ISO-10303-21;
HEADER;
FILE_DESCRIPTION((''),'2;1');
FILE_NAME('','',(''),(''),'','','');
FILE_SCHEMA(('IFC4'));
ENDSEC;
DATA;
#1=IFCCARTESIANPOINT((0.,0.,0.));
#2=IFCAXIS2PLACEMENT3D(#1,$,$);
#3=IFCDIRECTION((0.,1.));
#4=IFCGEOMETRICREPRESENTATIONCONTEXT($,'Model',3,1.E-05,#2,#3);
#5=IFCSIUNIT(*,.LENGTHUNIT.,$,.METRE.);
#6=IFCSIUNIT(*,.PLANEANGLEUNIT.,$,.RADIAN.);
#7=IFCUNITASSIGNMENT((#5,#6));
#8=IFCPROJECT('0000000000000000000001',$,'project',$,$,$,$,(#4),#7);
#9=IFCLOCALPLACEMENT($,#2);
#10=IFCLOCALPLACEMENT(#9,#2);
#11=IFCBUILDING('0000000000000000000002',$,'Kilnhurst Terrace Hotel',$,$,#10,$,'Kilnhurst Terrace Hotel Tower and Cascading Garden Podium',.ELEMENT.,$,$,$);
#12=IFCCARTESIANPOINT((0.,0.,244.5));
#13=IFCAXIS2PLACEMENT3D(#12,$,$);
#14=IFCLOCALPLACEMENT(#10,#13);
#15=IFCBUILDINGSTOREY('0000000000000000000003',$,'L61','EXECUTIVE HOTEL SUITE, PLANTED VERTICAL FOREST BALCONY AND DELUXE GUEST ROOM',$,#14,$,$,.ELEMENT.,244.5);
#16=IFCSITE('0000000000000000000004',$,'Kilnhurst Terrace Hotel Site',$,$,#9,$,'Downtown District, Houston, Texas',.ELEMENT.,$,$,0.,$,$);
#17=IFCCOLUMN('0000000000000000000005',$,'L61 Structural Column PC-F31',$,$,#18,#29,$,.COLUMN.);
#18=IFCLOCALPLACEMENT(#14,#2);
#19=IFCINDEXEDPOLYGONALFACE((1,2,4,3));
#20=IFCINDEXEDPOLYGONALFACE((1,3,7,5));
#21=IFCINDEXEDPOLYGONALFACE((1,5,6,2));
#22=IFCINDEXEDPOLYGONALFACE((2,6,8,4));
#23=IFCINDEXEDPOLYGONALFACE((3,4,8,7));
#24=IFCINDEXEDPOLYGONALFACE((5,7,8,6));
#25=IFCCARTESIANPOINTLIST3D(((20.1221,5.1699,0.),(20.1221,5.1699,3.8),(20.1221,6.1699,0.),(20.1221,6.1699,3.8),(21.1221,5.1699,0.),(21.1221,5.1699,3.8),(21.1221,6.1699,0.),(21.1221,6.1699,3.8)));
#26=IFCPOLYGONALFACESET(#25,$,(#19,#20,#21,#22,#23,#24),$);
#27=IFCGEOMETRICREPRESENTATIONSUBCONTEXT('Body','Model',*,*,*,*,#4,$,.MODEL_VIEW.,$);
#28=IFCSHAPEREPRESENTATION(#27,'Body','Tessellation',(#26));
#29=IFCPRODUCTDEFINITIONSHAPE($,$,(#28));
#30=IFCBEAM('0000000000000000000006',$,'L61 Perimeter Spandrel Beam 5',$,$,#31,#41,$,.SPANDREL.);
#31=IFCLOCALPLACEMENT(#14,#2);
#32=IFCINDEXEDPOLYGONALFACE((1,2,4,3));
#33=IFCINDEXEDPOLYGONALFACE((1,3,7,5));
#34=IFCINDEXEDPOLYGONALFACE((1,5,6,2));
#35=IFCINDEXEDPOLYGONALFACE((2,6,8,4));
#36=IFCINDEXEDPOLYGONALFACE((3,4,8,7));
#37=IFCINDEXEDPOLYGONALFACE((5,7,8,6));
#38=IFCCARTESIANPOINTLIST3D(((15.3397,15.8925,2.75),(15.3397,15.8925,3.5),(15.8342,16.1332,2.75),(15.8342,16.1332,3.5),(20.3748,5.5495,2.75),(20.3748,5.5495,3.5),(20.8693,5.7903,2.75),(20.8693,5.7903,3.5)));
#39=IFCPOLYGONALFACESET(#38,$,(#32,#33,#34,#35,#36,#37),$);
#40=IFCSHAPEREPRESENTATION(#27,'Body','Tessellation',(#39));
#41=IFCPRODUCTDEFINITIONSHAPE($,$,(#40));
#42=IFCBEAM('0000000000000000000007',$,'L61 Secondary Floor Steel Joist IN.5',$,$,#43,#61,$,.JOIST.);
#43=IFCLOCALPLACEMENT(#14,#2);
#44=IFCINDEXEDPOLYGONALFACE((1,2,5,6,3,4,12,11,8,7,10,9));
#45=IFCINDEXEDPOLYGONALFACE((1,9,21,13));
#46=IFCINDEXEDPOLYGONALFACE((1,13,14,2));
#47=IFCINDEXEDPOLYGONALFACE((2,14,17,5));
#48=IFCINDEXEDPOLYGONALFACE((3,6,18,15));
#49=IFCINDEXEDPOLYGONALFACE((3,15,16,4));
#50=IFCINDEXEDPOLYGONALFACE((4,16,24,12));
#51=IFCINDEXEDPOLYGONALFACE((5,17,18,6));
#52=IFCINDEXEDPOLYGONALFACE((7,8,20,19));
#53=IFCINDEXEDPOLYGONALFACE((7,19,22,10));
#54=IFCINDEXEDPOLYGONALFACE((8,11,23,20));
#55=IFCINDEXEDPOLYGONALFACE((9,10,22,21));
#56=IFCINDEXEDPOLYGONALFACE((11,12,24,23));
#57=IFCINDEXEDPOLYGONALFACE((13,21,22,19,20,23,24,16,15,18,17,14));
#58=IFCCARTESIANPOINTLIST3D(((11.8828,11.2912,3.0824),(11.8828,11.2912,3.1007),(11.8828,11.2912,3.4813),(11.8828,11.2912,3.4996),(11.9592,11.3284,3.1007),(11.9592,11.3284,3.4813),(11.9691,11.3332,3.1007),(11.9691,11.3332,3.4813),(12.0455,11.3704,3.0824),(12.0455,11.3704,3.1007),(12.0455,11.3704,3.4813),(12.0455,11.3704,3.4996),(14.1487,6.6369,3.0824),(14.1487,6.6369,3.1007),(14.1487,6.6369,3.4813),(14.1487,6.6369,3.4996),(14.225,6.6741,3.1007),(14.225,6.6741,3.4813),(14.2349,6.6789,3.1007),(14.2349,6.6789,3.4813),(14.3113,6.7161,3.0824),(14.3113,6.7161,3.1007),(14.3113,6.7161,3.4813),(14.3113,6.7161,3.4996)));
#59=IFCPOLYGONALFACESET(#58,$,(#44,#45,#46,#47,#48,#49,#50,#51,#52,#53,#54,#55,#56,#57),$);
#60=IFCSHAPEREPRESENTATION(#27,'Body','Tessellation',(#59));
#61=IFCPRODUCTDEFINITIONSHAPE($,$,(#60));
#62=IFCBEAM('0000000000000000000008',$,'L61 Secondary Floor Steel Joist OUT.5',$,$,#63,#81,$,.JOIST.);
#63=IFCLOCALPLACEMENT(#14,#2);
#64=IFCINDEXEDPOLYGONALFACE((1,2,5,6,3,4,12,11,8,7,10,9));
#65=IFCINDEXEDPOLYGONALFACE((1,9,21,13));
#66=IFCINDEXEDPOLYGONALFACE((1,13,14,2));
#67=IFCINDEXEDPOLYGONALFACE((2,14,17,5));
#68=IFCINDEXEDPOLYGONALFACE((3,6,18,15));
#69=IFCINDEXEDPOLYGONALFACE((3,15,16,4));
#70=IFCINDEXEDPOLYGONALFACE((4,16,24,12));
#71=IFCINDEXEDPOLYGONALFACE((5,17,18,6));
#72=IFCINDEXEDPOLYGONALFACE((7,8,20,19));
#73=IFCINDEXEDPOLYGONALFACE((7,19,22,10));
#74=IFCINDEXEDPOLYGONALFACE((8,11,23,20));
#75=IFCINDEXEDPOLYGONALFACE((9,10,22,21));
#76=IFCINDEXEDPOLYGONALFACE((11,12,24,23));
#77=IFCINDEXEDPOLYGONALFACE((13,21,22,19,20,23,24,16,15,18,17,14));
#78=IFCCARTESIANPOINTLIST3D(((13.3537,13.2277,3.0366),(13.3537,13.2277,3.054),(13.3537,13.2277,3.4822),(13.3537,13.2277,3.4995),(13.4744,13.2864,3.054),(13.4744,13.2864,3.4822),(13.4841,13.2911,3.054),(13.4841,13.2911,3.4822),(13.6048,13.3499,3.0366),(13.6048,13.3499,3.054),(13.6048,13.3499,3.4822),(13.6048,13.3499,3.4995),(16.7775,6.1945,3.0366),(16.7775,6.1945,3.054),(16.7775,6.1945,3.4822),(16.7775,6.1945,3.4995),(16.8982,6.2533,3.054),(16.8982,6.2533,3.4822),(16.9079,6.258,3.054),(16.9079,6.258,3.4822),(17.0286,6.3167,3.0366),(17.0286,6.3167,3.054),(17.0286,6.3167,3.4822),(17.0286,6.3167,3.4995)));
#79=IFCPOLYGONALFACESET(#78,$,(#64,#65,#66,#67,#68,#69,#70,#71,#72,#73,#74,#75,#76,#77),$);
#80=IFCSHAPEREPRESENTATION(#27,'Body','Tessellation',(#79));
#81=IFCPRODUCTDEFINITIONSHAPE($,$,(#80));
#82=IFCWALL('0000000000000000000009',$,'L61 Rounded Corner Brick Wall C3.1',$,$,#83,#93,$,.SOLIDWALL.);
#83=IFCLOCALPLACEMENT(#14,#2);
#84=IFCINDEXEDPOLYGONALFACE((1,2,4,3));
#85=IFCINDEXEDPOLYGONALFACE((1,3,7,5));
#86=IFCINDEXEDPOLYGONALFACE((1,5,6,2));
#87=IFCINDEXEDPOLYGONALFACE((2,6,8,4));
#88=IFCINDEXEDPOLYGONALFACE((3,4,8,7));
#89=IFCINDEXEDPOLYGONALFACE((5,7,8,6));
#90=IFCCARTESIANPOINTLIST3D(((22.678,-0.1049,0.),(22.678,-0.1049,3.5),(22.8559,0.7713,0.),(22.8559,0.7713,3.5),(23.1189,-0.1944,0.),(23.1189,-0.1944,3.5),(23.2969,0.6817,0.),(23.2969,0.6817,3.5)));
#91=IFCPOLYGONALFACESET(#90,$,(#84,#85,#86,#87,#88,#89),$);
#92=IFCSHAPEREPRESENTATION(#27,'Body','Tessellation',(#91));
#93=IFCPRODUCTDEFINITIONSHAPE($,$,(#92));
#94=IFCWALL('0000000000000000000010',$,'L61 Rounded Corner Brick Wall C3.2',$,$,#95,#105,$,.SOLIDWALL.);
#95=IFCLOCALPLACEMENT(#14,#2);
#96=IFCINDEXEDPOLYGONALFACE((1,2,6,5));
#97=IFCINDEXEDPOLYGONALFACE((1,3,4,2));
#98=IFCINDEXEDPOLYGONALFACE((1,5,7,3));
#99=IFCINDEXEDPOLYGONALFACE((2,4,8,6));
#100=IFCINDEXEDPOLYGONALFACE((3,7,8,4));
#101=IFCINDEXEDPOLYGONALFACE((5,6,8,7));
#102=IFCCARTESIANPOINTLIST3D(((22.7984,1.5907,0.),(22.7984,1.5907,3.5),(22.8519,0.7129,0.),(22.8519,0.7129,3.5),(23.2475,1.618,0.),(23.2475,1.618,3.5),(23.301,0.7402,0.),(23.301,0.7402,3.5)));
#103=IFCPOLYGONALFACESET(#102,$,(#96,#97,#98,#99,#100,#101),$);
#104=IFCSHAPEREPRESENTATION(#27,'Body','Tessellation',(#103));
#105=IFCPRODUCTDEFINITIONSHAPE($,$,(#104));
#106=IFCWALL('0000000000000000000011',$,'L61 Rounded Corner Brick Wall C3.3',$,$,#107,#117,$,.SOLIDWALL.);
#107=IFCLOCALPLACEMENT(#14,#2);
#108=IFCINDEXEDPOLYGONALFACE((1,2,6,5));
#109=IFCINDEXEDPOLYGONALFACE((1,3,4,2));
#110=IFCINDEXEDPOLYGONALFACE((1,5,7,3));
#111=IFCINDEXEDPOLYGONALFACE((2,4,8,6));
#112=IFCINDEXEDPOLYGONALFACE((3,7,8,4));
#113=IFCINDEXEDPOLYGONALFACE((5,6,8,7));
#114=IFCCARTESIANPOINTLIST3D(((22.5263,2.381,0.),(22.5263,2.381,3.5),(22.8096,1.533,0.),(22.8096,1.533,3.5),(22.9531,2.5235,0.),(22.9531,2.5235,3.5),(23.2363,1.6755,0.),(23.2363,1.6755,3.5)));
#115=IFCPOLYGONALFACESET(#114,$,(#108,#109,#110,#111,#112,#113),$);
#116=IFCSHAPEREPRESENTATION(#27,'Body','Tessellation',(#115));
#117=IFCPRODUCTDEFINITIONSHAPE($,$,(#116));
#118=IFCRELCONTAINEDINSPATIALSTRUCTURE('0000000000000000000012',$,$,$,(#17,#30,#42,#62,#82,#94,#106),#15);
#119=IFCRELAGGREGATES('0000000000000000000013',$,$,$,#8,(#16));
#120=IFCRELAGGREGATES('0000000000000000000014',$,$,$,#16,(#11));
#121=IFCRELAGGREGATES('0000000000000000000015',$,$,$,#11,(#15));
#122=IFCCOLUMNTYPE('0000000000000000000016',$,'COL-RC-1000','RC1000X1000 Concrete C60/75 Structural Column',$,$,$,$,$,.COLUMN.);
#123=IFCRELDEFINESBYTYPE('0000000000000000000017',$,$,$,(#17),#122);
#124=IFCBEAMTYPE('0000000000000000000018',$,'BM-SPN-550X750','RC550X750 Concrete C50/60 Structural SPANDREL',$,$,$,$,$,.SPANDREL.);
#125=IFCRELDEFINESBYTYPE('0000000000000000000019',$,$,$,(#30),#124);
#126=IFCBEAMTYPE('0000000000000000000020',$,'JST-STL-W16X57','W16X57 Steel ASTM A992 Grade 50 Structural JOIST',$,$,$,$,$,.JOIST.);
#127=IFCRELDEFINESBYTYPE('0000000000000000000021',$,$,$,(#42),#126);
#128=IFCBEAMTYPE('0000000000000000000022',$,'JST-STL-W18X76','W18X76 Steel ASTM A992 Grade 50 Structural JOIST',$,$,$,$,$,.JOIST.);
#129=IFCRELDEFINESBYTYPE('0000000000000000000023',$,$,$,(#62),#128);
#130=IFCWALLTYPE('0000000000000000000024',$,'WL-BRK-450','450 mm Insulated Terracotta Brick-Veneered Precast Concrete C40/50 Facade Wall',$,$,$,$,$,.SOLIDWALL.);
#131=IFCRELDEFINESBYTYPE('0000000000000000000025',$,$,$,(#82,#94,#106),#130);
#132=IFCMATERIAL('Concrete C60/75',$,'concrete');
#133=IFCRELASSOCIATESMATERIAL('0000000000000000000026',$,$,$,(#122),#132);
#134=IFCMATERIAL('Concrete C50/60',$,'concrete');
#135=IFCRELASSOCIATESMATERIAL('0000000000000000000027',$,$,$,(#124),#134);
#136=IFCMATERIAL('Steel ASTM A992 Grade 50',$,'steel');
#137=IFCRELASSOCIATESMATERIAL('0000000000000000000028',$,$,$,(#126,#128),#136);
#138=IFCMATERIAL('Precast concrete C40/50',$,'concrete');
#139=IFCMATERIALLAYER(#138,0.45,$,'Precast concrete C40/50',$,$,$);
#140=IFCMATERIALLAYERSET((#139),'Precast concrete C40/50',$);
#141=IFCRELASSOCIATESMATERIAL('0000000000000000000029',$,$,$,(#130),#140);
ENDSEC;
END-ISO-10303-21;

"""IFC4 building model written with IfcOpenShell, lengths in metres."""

from ifc_helpers import new_model, si_unit, direction, frame, frame_2d, origin, origin_2d, place, context, subcontext, project, spatial, rectangle, i_section, extrude, material, layer, layer_set, material_profile, profile_set, type_object, element, save


model = new_model("IFC4")

# Units and contexts
model_context = context("Model", 3, precision=1e-05, world=origin(), true_north=direction((0.0, 1.0)))
body_context = subcontext(model_context, "Body", "Model", "MODEL_VIEW")
ifc_project = project(units=[si_unit("LENGTHUNIT", "METRE"), si_unit("PLANEANGLEUNIT", "RADIAN")], contexts=[model_context])

# Site, building, storey
site_placement = place(None, origin())
site = spatial("IfcSite", under=ifc_project, at=site_placement, Name="Kilnhurst Terrace Hotel Site", LongName="Downtown District, Houston, Texas", CompositionType="ELEMENT", RefElevation=0.0)
building_placement = place(site_placement, origin())
building = spatial("IfcBuilding", under=site, at=building_placement, Name="Kilnhurst Terrace Hotel", LongName="Kilnhurst Terrace Hotel Tower and Cascading Garden Podium", CompositionType="ELEMENT")
storey_placement = place(building_placement, frame((0.0, 0.0, 244.5)))
storey = spatial("IfcBuildingStorey", under=building, at=storey_placement, Name="L61", Description="EXECUTIVE HOTEL SUITE, PLANTED VERTICAL FOREST BALCONY AND DELUXE GUEST ROOM", CompositionType="ELEMENT", Elevation=244.5)

# Column
ifc_material_1 = material(Name="Concrete C60/75", Category="concrete")
ifc_material_profile_1 = material_profile(ifc_material_1, rectangle(XDim=1.0, YDim=1.0, at=origin_2d()), Name="RC1000X1000")
ifc_profile_set_1 = profile_set([ifc_material_profile_1], Name="Concrete C60/75")
column_type = type_object("IfcColumnType", Name="COL-RC-1000", Description="RC1000X1000 Concrete C60/75 Structural Column", PredefinedType="COLUMN", material=ifc_profile_set_1)
column_placement = place(storey_placement, frame((20.6221, 5.6699, 0.0), z_axis=(0.0, 0.0, 1.0), x_axis=(1.0, 0.0, 0.0)))
element("IfcColumn", 1, at=column_placement, inside=storey, type_object=column_type, Name="L61 Structural Column PC-F31", PredefinedType="COLUMN", context=body_context, shape_type="SweptSolid", body=[
    extrude(rectangle(XDim=1.0, YDim=1.0, at=origin_2d()), origin(), (0.0, 0.0, 1.0), 3.8),
])

# Beams
ifc_material_2 = material(Name="Concrete C50/60", Category="concrete")
ifc_material_profile_2 = material_profile(ifc_material_2, rectangle(XDim=0.55, YDim=0.75, at=origin_2d()), Name="RC550X750")
ifc_profile_set_2 = profile_set([ifc_material_profile_2], Name="Concrete C50/60")
beam_type_1 = type_object("IfcBeamType", Name="BM-SPN-550X750", Description="RC550X750 Concrete C50/60 Structural SPANDREL", PredefinedType="SPANDREL", material=ifc_profile_set_2)
beam_1_placement = place(storey_placement, frame((20.6221, 5.6699, 3.125), z_axis=(-0.437706, 0.899118, 0.0), x_axis=(-0.899118, -0.437706, 0.0)))
element("IfcBeam", 2, at=beam_1_placement, inside=storey, type_object=beam_type_1, Name="L61 Perimeter Spandrel Beam 5", PredefinedType="SPANDREL", context=body_context, shape_type="SweptSolid", body=[
    extrude(rectangle(XDim=0.55, YDim=0.75, at=origin_2d()), origin(), (0.0, 0.0, 1.0), 11.5034),
])
ifc_material_3 = material(Name="Steel ASTM A992 Grade 50", Category="steel")
ifc_material_profile_3 = material_profile(ifc_material_3, i_section(OverallWidth=0.1809, OverallDepth=0.4172, WebThickness=0.011, FlangeThickness=0.0183, at=origin_2d()), Name="W16X57")
ifc_profile_set_3 = profile_set([ifc_material_profile_3], Name="Steel ASTM A992 Grade 50")
beam_type_2 = type_object("IfcBeamType", Name="JST-STL-W16X57", Description="W16X57 Steel ASTM A992 Grade 50 Structural JOIST", PredefinedType="JOIST", material=ifc_profile_set_3)
beam_2_placement = place(storey_placement, frame((14.23, 6.6765, 3.291), z_axis=(-0.437718, 0.899112, 0.0), x_axis=(-0.899112, -0.437718, 0.0)))
element("IfcBeam", 3, at=beam_2_placement, inside=storey, type_object=beam_type_2, Name="L61 Secondary Floor Steel Joist IN.5", PredefinedType="JOIST", context=body_context, shape_type="SweptSolid", body=[
    extrude(i_section(OverallWidth=0.1809, OverallDepth=0.4172, WebThickness=0.011, FlangeThickness=0.0183, at=origin_2d()), origin(), (0.0, 0.0, 1.0), 5.1765),
])
ifc_material_profile_4 = material_profile(ifc_material_3, i_section(OverallWidth=0.2793, OverallDepth=0.4629, WebThickness=0.0107, FlangeThickness=0.0173, at=origin_2d()), Name="W18X76")
ifc_profile_set_4 = profile_set([ifc_material_profile_4], Name="Steel ASTM A992 Grade 50")
beam_type_3 = type_object("IfcBeamType", Name="JST-STL-W18X76", Description="W18X76 Steel ASTM A992 Grade 50 Structural JOIST", PredefinedType="JOIST", material=ifc_profile_set_4)
beam_3_placement = place(storey_placement, frame((16.9031, 6.2556, 3.2681), z_axis=(-0.4377, 0.899121, 0.0), x_axis=(-0.899121, -0.4377, 0.0)))
element("IfcBeam", 4, at=beam_3_placement, inside=storey, type_object=beam_type_3, Name="L61 Secondary Floor Steel Joist OUT.5", PredefinedType="JOIST", context=body_context, shape_type="SweptSolid", body=[
    extrude(i_section(OverallWidth=0.2793, OverallDepth=0.4629, WebThickness=0.0107, FlangeThickness=0.0173, at=origin_2d()), origin(), (0.0, 0.0, 1.0), 7.8223),
])

# Walls
ifc_material_4 = material(Name="Precast concrete C40/50", Category="concrete")
ifc_layer_1 = layer(ifc_material_4, 0.45, Name="Precast concrete C40/50")
ifc_layer_set_1 = layer_set([ifc_layer_1], Name="Precast concrete C40/50")
wall_type_1 = type_object("IfcWallType", Name="WL-BRK-450", Description="450 mm Insulated Terracotta Brick-Veneered Precast Concrete C40/50 Facade Wall", PredefinedType="SOLIDWALL", material=ifc_layer_set_1)
wall_1_placement = place(storey_placement, frame((22.8984, -0.1497, 0.0), z_axis=(0.0, 0.0, 1.0), x_axis=(0.199056, 0.979988, 0.0)))
element("IfcWall", 5, at=wall_1_placement, inside=storey, type_object=wall_type_1, Name="L61 Rounded Corner Brick Wall C3.1", PredefinedType="SOLIDWALL", context=body_context, shape_type="SweptSolid", body=[
    extrude(rectangle(XDim=0.894, YDim=0.45, at=frame_2d((0.447, 0.0))), origin(), (0.0, 0.0, 1.0), 3.5),
])
wall_2_placement = place(storey_placement, frame((23.0764, 0.7266, 0.0), z_axis=(0.0, 0.0, 1.0), x_axis=(-0.060805, 0.99815, 0.0)))
element("IfcWall", 6, at=wall_2_placement, inside=storey, type_object=wall_type_1, Name="L61 Rounded Corner Brick Wall C3.2", PredefinedType="SOLIDWALL", context=body_context, shape_type="SweptSolid", body=[
    extrude(rectangle(XDim=0.8794, YDim=0.45, at=frame_2d((0.4397, 0.0))), origin(), (0.0, 0.0, 1.0), 3.5),
])
wall_3_placement = place(storey_placement, frame((23.0229, 1.6042, 0.0), z_axis=(0.0, 0.0, 1.0), x_axis=(-0.316801, 0.948492, 0.0)))
element("IfcWall", 7, at=wall_3_placement, inside=storey, type_object=wall_type_1, Name="L61 Rounded Corner Brick Wall C3.3", PredefinedType="SOLIDWALL", context=body_context, shape_type="SweptSolid", body=[
    extrude(rectangle(XDim=0.894, YDim=0.45, at=frame_2d((0.447, 0.0))), origin(), (0.0, 0.0, 1.0), 3.5),
])

save(model, "model.ifc")
